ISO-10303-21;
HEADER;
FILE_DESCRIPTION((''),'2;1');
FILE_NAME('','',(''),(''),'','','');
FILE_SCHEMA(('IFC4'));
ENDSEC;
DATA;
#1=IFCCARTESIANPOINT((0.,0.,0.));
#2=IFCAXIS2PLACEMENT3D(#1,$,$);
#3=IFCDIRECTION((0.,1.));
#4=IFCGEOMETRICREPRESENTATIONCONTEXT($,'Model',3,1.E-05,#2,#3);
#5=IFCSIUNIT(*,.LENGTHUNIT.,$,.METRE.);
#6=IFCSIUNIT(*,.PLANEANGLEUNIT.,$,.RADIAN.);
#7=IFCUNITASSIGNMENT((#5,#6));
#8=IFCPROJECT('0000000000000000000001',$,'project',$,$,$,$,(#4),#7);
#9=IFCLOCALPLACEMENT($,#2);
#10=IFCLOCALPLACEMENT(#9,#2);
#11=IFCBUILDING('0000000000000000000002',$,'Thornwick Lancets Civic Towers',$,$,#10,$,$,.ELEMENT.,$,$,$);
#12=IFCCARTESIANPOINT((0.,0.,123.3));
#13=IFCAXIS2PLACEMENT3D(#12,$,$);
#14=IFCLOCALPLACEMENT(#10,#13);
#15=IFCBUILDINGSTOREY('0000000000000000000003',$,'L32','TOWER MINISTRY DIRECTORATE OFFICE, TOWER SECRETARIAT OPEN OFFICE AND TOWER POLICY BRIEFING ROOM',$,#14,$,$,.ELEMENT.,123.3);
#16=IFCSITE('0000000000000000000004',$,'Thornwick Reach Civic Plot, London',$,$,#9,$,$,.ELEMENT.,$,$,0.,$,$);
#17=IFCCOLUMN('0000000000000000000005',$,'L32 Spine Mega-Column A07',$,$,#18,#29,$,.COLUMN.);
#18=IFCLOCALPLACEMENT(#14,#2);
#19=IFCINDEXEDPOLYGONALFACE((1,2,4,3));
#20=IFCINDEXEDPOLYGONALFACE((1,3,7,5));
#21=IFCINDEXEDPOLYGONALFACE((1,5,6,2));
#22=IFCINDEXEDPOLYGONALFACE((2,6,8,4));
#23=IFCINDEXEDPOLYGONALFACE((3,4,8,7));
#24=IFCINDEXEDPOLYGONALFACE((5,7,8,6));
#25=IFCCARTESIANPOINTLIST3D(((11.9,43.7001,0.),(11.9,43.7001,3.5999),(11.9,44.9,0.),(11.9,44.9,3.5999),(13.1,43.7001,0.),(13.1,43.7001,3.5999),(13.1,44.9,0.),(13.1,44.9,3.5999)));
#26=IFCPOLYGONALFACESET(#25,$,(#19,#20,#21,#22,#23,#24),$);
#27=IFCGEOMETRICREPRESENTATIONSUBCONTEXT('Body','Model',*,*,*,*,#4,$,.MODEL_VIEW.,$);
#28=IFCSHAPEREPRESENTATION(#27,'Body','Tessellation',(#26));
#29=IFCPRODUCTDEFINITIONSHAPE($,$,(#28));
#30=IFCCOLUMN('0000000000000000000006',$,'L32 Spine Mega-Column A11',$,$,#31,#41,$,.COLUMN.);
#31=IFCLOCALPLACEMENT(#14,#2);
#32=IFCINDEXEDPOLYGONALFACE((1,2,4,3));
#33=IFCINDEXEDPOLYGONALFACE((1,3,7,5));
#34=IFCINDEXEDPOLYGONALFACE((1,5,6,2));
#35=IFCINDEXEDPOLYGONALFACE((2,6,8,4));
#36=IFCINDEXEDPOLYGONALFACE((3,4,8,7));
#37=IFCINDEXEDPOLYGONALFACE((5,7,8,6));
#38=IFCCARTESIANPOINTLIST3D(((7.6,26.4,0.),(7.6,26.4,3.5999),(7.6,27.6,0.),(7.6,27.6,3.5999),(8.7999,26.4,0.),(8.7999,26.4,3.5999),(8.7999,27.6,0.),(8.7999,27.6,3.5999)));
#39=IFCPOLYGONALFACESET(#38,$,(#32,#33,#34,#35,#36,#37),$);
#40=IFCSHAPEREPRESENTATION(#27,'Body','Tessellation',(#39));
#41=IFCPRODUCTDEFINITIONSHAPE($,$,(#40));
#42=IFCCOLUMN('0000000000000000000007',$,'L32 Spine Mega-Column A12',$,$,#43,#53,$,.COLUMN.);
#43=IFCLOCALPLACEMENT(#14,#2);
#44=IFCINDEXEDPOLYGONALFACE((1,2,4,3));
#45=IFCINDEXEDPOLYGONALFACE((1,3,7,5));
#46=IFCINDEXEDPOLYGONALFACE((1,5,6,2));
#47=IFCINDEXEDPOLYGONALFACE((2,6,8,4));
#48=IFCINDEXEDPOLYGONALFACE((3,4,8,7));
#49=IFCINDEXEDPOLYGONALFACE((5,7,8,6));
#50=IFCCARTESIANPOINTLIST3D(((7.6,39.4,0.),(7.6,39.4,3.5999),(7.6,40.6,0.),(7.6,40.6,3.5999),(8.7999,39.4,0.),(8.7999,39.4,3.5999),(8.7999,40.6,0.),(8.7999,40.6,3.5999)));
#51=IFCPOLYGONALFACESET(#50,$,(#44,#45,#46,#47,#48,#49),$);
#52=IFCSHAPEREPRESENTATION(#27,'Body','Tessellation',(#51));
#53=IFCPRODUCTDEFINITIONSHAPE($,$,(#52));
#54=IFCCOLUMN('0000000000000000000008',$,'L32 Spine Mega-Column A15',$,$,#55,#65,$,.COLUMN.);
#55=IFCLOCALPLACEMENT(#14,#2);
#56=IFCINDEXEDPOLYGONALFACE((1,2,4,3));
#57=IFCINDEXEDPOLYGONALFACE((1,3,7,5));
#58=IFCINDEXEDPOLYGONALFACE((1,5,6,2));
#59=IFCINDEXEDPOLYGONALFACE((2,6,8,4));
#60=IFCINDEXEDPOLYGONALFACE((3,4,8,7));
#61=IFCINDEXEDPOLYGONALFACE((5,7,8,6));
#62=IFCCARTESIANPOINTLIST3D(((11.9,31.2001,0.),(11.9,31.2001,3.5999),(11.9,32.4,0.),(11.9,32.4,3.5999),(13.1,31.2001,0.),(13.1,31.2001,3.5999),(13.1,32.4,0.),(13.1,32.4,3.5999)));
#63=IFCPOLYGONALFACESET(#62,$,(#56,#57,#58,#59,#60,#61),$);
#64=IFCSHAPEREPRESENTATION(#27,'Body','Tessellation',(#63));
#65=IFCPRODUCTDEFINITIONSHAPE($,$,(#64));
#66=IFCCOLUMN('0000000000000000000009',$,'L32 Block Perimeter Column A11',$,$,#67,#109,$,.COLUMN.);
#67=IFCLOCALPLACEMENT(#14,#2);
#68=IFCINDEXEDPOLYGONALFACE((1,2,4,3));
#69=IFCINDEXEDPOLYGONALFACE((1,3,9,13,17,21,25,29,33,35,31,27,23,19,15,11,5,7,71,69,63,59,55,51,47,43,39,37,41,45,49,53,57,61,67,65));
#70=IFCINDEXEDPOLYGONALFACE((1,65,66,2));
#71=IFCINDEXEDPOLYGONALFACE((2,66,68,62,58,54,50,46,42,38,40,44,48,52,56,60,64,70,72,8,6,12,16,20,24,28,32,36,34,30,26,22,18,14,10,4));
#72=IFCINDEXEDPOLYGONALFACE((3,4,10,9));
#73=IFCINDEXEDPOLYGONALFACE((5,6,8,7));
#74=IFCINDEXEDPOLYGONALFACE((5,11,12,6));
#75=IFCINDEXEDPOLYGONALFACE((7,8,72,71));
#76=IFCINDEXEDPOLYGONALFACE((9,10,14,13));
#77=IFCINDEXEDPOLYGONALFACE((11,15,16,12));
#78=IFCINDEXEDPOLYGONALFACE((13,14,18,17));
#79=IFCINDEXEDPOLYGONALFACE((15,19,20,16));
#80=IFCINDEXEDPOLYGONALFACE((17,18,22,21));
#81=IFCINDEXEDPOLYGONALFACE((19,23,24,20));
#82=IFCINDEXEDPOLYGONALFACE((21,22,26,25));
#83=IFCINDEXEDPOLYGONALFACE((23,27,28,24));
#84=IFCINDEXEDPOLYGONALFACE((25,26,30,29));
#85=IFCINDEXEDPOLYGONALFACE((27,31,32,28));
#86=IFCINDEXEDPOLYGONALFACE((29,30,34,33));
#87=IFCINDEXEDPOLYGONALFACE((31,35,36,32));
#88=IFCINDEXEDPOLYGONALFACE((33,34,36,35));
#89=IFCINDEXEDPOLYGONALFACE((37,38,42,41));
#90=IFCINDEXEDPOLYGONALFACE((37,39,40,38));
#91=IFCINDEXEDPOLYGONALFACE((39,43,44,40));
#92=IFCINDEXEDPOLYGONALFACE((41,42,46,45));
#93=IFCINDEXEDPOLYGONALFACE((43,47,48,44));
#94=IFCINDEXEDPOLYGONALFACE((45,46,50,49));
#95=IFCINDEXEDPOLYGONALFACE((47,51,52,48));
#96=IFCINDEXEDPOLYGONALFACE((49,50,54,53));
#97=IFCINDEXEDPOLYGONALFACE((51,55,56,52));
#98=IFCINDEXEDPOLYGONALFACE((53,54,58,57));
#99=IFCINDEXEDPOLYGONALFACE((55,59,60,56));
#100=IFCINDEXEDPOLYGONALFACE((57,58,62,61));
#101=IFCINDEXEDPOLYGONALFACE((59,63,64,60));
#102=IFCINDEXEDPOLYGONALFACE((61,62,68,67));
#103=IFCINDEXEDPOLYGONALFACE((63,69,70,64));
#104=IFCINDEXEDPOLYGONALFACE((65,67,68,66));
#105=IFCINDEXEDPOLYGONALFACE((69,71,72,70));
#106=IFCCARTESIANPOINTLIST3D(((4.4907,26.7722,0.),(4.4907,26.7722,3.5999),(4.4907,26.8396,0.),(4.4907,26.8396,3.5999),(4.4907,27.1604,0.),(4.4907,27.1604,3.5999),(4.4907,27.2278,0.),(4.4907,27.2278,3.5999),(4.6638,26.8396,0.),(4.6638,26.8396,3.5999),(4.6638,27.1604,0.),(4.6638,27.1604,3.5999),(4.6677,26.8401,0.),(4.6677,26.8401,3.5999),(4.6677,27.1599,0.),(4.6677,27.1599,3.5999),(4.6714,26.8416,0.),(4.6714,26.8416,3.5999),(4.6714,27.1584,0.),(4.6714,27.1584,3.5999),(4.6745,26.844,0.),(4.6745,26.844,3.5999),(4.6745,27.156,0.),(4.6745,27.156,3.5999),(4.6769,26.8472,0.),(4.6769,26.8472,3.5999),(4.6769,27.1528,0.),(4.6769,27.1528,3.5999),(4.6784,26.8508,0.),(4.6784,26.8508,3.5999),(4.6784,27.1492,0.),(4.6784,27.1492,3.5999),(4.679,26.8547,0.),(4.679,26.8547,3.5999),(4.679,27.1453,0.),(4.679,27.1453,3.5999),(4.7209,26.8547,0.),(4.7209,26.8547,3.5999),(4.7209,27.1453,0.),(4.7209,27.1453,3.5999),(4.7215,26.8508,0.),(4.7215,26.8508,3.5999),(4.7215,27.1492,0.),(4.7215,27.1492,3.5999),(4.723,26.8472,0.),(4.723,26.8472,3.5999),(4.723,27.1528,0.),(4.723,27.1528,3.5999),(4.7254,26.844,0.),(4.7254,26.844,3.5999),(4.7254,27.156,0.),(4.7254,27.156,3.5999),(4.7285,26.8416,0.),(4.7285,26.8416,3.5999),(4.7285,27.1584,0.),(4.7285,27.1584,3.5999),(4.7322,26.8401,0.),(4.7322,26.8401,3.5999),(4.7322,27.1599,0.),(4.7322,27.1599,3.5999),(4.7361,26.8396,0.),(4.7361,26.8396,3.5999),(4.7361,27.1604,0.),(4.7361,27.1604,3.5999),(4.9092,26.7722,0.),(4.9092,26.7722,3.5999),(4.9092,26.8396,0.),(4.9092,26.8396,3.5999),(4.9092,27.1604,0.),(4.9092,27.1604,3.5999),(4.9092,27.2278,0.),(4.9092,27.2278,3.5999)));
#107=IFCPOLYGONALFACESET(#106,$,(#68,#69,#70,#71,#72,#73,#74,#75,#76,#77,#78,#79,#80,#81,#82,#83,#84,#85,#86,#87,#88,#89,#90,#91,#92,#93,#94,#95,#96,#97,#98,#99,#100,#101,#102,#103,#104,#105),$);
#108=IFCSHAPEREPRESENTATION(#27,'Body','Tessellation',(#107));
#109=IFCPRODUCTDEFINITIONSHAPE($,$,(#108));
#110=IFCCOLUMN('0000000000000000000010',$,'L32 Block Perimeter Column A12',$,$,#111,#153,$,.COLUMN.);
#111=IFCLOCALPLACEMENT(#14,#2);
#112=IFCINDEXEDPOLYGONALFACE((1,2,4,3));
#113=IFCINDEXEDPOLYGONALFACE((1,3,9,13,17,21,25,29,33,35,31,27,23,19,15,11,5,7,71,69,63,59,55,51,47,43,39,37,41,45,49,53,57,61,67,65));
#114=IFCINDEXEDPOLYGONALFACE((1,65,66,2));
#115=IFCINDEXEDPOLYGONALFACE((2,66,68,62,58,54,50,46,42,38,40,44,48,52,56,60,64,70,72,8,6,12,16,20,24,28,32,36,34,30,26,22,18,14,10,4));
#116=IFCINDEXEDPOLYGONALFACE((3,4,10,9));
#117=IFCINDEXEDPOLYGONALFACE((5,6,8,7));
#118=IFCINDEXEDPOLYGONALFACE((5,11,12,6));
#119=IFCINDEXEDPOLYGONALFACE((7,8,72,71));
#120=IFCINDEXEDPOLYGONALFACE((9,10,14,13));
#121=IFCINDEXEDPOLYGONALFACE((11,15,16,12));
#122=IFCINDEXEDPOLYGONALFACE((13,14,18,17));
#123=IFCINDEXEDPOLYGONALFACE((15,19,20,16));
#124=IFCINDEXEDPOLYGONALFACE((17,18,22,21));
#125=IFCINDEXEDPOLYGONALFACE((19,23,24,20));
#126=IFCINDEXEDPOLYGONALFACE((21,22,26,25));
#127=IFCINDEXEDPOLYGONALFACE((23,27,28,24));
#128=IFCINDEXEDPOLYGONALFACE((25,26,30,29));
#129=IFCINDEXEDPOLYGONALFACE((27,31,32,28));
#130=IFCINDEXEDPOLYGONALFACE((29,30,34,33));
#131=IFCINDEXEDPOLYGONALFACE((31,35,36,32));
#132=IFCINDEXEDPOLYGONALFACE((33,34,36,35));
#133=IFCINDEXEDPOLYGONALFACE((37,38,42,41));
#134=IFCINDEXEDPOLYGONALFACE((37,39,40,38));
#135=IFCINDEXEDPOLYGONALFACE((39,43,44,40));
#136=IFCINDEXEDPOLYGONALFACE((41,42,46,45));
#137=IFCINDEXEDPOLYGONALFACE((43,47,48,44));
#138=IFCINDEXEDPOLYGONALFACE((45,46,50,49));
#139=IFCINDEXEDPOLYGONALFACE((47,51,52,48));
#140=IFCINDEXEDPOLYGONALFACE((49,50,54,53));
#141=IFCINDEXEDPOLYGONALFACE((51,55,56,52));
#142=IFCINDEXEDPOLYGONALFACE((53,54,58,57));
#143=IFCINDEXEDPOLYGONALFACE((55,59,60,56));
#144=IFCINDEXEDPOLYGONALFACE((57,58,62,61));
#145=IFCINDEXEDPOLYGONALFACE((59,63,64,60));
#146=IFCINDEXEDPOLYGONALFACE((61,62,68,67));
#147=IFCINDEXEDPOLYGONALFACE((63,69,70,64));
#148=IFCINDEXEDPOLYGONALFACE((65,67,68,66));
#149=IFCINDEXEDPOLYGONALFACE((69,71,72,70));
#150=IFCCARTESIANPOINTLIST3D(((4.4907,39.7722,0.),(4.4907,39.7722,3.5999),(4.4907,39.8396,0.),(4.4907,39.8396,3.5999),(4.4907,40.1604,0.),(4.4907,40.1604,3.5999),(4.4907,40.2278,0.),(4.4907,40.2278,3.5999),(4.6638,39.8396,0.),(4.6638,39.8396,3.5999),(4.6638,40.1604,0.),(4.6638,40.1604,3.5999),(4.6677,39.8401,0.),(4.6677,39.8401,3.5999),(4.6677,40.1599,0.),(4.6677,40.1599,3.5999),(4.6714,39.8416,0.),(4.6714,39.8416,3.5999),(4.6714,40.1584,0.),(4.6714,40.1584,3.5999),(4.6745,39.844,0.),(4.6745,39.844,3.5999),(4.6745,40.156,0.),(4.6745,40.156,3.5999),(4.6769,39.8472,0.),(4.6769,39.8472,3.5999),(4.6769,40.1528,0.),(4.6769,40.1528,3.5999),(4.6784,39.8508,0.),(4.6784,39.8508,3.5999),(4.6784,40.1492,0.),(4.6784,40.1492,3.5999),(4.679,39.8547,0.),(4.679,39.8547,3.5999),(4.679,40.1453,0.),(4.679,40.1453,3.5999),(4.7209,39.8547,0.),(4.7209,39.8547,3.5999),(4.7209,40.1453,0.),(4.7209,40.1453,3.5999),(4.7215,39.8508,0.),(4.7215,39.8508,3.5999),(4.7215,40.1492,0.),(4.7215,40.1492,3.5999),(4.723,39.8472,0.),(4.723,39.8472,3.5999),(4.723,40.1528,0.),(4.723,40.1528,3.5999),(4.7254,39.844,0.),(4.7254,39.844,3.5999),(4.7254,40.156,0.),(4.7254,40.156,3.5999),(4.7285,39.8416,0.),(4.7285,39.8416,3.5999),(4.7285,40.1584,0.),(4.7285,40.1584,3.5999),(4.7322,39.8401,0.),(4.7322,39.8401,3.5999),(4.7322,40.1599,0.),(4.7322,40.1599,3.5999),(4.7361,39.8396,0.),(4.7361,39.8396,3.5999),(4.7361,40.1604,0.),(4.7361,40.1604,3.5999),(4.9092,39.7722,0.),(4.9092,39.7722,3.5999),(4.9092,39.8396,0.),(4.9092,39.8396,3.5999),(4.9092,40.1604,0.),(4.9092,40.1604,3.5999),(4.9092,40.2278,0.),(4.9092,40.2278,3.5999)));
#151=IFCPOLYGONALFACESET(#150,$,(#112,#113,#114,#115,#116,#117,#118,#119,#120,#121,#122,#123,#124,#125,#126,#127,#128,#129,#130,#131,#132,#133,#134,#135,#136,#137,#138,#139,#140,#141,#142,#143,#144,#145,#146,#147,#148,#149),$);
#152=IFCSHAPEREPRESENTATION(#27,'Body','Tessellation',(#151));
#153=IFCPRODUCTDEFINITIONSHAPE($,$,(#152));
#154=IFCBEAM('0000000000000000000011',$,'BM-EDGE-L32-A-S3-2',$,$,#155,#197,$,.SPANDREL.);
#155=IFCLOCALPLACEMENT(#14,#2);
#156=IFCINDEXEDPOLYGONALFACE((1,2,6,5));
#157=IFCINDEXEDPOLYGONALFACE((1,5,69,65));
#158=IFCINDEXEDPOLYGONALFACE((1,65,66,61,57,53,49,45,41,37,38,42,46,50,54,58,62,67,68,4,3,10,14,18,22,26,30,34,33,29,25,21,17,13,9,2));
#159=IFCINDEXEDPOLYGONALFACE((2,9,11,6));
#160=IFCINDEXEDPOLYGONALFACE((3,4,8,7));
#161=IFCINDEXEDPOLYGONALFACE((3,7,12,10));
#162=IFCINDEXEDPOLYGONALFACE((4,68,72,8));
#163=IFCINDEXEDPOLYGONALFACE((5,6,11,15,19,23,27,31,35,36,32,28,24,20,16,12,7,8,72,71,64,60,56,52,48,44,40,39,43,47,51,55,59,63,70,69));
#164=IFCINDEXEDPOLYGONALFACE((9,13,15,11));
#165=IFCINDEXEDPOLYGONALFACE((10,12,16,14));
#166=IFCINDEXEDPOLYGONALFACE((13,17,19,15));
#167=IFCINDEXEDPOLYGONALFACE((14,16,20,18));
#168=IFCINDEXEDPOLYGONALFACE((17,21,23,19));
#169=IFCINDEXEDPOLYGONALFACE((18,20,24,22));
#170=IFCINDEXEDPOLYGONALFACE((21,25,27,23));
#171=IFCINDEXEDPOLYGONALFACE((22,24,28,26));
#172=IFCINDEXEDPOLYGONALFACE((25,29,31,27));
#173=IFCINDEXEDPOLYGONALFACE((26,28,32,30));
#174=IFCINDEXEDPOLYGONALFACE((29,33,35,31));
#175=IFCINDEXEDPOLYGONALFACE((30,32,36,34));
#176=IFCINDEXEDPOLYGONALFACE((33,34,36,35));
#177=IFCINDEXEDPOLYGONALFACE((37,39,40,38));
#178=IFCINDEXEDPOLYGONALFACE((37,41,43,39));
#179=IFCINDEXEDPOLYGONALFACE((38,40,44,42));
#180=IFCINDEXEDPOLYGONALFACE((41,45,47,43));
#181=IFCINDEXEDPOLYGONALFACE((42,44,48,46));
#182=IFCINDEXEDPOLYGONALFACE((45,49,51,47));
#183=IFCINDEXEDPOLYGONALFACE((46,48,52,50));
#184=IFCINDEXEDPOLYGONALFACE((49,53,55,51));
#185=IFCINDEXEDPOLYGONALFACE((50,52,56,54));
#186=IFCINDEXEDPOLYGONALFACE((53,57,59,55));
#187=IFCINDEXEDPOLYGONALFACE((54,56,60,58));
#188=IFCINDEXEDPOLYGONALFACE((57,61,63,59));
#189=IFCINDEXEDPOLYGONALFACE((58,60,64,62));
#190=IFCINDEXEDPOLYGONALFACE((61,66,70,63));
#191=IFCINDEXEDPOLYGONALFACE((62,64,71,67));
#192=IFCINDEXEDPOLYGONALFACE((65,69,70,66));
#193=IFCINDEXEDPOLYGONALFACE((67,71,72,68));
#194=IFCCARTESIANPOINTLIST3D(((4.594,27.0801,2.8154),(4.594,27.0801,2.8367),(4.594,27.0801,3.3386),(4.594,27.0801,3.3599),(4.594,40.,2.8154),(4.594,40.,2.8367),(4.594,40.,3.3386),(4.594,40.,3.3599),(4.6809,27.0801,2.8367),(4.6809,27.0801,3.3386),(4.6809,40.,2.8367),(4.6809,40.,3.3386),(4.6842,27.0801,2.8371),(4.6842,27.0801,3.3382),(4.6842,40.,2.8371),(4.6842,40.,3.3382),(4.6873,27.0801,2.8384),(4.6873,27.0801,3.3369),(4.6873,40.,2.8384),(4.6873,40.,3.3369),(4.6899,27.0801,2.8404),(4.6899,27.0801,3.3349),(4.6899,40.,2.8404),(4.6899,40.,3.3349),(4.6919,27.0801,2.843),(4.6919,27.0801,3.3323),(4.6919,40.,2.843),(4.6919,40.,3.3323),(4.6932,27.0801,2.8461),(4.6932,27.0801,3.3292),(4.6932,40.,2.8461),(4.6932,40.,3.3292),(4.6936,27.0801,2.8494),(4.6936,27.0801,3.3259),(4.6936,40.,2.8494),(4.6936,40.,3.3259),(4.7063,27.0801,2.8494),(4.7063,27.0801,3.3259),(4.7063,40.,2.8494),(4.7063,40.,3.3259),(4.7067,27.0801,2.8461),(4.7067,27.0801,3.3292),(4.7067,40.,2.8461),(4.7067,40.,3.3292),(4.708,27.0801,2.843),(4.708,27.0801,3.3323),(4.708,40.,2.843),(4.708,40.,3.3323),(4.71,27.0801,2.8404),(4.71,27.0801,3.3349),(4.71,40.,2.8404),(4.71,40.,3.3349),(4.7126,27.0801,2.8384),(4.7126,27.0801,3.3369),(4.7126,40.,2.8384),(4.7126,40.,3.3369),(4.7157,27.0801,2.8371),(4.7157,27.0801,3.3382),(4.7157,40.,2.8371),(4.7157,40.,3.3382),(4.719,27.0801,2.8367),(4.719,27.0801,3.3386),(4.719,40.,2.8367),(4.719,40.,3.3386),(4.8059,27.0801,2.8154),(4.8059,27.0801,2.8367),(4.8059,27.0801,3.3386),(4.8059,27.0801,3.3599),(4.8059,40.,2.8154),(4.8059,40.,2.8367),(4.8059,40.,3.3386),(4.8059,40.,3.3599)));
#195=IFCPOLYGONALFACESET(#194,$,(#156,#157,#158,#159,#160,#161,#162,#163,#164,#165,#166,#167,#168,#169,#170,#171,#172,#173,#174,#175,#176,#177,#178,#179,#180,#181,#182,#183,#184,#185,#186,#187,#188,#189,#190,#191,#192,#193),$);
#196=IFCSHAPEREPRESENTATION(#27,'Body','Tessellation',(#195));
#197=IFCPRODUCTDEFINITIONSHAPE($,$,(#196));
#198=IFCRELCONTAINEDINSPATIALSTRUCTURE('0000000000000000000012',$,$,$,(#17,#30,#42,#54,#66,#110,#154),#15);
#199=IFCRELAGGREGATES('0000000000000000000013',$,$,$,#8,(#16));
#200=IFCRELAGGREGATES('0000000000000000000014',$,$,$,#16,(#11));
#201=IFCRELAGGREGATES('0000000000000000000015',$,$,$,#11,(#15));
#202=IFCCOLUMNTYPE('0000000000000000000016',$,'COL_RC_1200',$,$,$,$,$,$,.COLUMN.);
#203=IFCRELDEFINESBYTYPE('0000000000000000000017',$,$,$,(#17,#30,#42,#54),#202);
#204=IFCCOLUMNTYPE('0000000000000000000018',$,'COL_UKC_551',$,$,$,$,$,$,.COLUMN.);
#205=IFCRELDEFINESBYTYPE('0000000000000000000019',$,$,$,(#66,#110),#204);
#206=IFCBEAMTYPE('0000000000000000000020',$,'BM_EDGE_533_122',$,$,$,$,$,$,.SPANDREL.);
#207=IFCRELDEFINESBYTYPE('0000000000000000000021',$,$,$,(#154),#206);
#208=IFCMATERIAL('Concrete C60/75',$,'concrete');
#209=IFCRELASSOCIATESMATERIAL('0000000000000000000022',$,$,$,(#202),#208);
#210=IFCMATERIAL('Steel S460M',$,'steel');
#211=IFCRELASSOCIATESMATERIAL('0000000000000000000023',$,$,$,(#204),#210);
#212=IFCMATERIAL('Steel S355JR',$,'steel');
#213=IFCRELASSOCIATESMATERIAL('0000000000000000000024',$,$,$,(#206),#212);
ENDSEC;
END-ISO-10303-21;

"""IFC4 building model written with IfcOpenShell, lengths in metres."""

from ifc_helpers import new_model, si_unit, direction, frame, origin, origin_2d, place, context, subcontext, project, spatial, rectangle, i_section, extrude, material, material_profile, profile_set, type_object, element, save


model = new_model("IFC4")

# Units and contexts
model_context = context("Model", 3, precision=1e-05, world=origin(), true_north=direction((0.0, 1.0)))
body_context = subcontext(model_context, "Body", "Model", "MODEL_VIEW")
ifc_project = project(units=[si_unit("LENGTHUNIT", "METRE"), si_unit("PLANEANGLEUNIT", "RADIAN")], contexts=[model_context])

# Site, building, storey
site_placement = place(None, origin())
site = spatial("IfcSite", under=ifc_project, at=site_placement, Name="Thornwick Reach Civic Plot, London", CompositionType="ELEMENT", RefElevation=0.0)
building_placement = place(site_placement, origin())
building = spatial("IfcBuilding", under=site, at=building_placement, Name="Thornwick Lancets Civic Towers", CompositionType="ELEMENT")
storey_placement = place(building_placement, frame((0.0, 0.0, 123.3)))
storey = spatial("IfcBuildingStorey", under=building, at=storey_placement, Name="L32", Description="TOWER MINISTRY DIRECTORATE OFFICE, TOWER SECRETARIAT OPEN OFFICE AND TOWER POLICY BRIEFING ROOM", CompositionType="ELEMENT", Elevation=123.3)

# Columns
ifc_material_1 = material(Name="Concrete C60/75", Category="concrete")
ifc_material_profile_1 = material_profile(ifc_material_1, rectangle(XDim=1.2, YDim=1.2, at=origin_2d()), Name="RC 1200x1200")
ifc_profile_set_1 = profile_set([ifc_material_profile_1], Name="Concrete C60/75")
column_type_1 = type_object("IfcColumnType", Name="COL_RC_1200", PredefinedType="COLUMN", material=ifc_profile_set_1)
for number, where, z_axis, x_axis, name in (
    (1, (12.5, 44.3, 0.0), (0.0, 0.0, 1.0), (1.0, 0.0, 0.0), "L32 Spine Mega-Column A07"),
    (2, (8.2, 27.0, 0.0), (0.0, 0.0, 1.0), (1.0, 0.0, 0.0), "L32 Spine Mega-Column A11"),
    (3, (8.2, 40.0, 0.0), (0.0, 0.0, 1.0), (1.0, 0.0, 0.0), "L32 Spine Mega-Column A12"),
    (4, (12.5, 31.8, 0.0), (0.0, 0.0, 1.0), (1.0, 0.0, 0.0), "L32 Spine Mega-Column A15"),
):
    element("IfcColumn", number, at=place(storey_placement, frame(where, z_axis=z_axis, x_axis=x_axis)), inside=storey, type_object=column_type_1, Name=name, PredefinedType="COLUMN", context=body_context, shape_type="SweptSolid", body=[
        extrude(rectangle(XDim=1.2, YDim=1.2, at=origin_2d()), origin(), (0.0, 0.0, 1.0), 3.5999),
    ])
ifc_material_2 = material(Name="Steel S460M", Category="steel")
ifc_material_profile_2 = material_profile(ifc_material_2, i_section(OverallWidth=0.4185, OverallDepth=0.4556, WebThickness=0.042, FlangeThickness=0.0674, FilletRadius=0.0151, at=origin_2d()), Name="UKC 356x406x551")
ifc_profile_set_2 = profile_set([ifc_material_profile_2], Name="Steel S460M")
column_type_2 = type_object("IfcColumnType", Name="COL_UKC_551", PredefinedType="COLUMN", material=ifc_profile_set_2)
for number, where, z_axis, x_axis, name in (
    (5, (4.7, 27.0, 0.0), (0.0, 0.0, 1.0), (1.0, 0.0, 0.0), "L32 Block Perimeter Column A11"),
    (6, (4.7, 40.0, 0.0), (0.0, 0.0, 1.0), (1.0, 0.0, 0.0), "L32 Block Perimeter Column A12"),
):
    element("IfcColumn", number, at=place(storey_placement, frame(where, z_axis=z_axis, x_axis=x_axis)), inside=storey, type_object=column_type_2, Name=name, PredefinedType="COLUMN", context=body_context, shape_type="SweptSolid", body=[
        extrude(i_section(OverallWidth=0.4185, OverallDepth=0.4556, WebThickness=0.042, FlangeThickness=0.0674, FilletRadius=0.0151, at=origin_2d()), origin(), (0.0, 0.0, 1.0), 3.5999),
    ])

# Beam
ifc_material_3 = material(Name="Steel S355JR", Category="steel")
ifc_material_profile_3 = material_profile(ifc_material_3, i_section(OverallWidth=0.2119, OverallDepth=0.5444, WebThickness=0.0127, FlangeThickness=0.0212, FilletRadius=0.0127, at=origin_2d()), Name="UKB 533x210x122")
ifc_profile_set_3 = profile_set([ifc_material_profile_3], Name="Steel S355JR")
beam_type_1 = type_object("IfcBeamType", Name="BM_EDGE_533_122", PredefinedType="SPANDREL", material=ifc_profile_set_3)
beam_1_placement = place(storey_placement, frame((4.7, 27.0801, 3.0876), z_axis=(0.0, 1.0, 0.0), x_axis=(-1.0, 0.0, 0.0)))
element("IfcBeam", 7, at=beam_1_placement, inside=storey, type_object=beam_type_1, Name="BM-EDGE-L32-A-S3-2", PredefinedType="SPANDREL", context=body_context, shape_type="SweptSolid", body=[
    extrude(i_section(OverallWidth=0.2119, OverallDepth=0.5444, WebThickness=0.0127, FlangeThickness=0.0212, FilletRadius=0.0127, at=origin_2d()), origin(), (0.0, 0.0, 1.0), 12.9199),
])

save(model, "model.ifc")
